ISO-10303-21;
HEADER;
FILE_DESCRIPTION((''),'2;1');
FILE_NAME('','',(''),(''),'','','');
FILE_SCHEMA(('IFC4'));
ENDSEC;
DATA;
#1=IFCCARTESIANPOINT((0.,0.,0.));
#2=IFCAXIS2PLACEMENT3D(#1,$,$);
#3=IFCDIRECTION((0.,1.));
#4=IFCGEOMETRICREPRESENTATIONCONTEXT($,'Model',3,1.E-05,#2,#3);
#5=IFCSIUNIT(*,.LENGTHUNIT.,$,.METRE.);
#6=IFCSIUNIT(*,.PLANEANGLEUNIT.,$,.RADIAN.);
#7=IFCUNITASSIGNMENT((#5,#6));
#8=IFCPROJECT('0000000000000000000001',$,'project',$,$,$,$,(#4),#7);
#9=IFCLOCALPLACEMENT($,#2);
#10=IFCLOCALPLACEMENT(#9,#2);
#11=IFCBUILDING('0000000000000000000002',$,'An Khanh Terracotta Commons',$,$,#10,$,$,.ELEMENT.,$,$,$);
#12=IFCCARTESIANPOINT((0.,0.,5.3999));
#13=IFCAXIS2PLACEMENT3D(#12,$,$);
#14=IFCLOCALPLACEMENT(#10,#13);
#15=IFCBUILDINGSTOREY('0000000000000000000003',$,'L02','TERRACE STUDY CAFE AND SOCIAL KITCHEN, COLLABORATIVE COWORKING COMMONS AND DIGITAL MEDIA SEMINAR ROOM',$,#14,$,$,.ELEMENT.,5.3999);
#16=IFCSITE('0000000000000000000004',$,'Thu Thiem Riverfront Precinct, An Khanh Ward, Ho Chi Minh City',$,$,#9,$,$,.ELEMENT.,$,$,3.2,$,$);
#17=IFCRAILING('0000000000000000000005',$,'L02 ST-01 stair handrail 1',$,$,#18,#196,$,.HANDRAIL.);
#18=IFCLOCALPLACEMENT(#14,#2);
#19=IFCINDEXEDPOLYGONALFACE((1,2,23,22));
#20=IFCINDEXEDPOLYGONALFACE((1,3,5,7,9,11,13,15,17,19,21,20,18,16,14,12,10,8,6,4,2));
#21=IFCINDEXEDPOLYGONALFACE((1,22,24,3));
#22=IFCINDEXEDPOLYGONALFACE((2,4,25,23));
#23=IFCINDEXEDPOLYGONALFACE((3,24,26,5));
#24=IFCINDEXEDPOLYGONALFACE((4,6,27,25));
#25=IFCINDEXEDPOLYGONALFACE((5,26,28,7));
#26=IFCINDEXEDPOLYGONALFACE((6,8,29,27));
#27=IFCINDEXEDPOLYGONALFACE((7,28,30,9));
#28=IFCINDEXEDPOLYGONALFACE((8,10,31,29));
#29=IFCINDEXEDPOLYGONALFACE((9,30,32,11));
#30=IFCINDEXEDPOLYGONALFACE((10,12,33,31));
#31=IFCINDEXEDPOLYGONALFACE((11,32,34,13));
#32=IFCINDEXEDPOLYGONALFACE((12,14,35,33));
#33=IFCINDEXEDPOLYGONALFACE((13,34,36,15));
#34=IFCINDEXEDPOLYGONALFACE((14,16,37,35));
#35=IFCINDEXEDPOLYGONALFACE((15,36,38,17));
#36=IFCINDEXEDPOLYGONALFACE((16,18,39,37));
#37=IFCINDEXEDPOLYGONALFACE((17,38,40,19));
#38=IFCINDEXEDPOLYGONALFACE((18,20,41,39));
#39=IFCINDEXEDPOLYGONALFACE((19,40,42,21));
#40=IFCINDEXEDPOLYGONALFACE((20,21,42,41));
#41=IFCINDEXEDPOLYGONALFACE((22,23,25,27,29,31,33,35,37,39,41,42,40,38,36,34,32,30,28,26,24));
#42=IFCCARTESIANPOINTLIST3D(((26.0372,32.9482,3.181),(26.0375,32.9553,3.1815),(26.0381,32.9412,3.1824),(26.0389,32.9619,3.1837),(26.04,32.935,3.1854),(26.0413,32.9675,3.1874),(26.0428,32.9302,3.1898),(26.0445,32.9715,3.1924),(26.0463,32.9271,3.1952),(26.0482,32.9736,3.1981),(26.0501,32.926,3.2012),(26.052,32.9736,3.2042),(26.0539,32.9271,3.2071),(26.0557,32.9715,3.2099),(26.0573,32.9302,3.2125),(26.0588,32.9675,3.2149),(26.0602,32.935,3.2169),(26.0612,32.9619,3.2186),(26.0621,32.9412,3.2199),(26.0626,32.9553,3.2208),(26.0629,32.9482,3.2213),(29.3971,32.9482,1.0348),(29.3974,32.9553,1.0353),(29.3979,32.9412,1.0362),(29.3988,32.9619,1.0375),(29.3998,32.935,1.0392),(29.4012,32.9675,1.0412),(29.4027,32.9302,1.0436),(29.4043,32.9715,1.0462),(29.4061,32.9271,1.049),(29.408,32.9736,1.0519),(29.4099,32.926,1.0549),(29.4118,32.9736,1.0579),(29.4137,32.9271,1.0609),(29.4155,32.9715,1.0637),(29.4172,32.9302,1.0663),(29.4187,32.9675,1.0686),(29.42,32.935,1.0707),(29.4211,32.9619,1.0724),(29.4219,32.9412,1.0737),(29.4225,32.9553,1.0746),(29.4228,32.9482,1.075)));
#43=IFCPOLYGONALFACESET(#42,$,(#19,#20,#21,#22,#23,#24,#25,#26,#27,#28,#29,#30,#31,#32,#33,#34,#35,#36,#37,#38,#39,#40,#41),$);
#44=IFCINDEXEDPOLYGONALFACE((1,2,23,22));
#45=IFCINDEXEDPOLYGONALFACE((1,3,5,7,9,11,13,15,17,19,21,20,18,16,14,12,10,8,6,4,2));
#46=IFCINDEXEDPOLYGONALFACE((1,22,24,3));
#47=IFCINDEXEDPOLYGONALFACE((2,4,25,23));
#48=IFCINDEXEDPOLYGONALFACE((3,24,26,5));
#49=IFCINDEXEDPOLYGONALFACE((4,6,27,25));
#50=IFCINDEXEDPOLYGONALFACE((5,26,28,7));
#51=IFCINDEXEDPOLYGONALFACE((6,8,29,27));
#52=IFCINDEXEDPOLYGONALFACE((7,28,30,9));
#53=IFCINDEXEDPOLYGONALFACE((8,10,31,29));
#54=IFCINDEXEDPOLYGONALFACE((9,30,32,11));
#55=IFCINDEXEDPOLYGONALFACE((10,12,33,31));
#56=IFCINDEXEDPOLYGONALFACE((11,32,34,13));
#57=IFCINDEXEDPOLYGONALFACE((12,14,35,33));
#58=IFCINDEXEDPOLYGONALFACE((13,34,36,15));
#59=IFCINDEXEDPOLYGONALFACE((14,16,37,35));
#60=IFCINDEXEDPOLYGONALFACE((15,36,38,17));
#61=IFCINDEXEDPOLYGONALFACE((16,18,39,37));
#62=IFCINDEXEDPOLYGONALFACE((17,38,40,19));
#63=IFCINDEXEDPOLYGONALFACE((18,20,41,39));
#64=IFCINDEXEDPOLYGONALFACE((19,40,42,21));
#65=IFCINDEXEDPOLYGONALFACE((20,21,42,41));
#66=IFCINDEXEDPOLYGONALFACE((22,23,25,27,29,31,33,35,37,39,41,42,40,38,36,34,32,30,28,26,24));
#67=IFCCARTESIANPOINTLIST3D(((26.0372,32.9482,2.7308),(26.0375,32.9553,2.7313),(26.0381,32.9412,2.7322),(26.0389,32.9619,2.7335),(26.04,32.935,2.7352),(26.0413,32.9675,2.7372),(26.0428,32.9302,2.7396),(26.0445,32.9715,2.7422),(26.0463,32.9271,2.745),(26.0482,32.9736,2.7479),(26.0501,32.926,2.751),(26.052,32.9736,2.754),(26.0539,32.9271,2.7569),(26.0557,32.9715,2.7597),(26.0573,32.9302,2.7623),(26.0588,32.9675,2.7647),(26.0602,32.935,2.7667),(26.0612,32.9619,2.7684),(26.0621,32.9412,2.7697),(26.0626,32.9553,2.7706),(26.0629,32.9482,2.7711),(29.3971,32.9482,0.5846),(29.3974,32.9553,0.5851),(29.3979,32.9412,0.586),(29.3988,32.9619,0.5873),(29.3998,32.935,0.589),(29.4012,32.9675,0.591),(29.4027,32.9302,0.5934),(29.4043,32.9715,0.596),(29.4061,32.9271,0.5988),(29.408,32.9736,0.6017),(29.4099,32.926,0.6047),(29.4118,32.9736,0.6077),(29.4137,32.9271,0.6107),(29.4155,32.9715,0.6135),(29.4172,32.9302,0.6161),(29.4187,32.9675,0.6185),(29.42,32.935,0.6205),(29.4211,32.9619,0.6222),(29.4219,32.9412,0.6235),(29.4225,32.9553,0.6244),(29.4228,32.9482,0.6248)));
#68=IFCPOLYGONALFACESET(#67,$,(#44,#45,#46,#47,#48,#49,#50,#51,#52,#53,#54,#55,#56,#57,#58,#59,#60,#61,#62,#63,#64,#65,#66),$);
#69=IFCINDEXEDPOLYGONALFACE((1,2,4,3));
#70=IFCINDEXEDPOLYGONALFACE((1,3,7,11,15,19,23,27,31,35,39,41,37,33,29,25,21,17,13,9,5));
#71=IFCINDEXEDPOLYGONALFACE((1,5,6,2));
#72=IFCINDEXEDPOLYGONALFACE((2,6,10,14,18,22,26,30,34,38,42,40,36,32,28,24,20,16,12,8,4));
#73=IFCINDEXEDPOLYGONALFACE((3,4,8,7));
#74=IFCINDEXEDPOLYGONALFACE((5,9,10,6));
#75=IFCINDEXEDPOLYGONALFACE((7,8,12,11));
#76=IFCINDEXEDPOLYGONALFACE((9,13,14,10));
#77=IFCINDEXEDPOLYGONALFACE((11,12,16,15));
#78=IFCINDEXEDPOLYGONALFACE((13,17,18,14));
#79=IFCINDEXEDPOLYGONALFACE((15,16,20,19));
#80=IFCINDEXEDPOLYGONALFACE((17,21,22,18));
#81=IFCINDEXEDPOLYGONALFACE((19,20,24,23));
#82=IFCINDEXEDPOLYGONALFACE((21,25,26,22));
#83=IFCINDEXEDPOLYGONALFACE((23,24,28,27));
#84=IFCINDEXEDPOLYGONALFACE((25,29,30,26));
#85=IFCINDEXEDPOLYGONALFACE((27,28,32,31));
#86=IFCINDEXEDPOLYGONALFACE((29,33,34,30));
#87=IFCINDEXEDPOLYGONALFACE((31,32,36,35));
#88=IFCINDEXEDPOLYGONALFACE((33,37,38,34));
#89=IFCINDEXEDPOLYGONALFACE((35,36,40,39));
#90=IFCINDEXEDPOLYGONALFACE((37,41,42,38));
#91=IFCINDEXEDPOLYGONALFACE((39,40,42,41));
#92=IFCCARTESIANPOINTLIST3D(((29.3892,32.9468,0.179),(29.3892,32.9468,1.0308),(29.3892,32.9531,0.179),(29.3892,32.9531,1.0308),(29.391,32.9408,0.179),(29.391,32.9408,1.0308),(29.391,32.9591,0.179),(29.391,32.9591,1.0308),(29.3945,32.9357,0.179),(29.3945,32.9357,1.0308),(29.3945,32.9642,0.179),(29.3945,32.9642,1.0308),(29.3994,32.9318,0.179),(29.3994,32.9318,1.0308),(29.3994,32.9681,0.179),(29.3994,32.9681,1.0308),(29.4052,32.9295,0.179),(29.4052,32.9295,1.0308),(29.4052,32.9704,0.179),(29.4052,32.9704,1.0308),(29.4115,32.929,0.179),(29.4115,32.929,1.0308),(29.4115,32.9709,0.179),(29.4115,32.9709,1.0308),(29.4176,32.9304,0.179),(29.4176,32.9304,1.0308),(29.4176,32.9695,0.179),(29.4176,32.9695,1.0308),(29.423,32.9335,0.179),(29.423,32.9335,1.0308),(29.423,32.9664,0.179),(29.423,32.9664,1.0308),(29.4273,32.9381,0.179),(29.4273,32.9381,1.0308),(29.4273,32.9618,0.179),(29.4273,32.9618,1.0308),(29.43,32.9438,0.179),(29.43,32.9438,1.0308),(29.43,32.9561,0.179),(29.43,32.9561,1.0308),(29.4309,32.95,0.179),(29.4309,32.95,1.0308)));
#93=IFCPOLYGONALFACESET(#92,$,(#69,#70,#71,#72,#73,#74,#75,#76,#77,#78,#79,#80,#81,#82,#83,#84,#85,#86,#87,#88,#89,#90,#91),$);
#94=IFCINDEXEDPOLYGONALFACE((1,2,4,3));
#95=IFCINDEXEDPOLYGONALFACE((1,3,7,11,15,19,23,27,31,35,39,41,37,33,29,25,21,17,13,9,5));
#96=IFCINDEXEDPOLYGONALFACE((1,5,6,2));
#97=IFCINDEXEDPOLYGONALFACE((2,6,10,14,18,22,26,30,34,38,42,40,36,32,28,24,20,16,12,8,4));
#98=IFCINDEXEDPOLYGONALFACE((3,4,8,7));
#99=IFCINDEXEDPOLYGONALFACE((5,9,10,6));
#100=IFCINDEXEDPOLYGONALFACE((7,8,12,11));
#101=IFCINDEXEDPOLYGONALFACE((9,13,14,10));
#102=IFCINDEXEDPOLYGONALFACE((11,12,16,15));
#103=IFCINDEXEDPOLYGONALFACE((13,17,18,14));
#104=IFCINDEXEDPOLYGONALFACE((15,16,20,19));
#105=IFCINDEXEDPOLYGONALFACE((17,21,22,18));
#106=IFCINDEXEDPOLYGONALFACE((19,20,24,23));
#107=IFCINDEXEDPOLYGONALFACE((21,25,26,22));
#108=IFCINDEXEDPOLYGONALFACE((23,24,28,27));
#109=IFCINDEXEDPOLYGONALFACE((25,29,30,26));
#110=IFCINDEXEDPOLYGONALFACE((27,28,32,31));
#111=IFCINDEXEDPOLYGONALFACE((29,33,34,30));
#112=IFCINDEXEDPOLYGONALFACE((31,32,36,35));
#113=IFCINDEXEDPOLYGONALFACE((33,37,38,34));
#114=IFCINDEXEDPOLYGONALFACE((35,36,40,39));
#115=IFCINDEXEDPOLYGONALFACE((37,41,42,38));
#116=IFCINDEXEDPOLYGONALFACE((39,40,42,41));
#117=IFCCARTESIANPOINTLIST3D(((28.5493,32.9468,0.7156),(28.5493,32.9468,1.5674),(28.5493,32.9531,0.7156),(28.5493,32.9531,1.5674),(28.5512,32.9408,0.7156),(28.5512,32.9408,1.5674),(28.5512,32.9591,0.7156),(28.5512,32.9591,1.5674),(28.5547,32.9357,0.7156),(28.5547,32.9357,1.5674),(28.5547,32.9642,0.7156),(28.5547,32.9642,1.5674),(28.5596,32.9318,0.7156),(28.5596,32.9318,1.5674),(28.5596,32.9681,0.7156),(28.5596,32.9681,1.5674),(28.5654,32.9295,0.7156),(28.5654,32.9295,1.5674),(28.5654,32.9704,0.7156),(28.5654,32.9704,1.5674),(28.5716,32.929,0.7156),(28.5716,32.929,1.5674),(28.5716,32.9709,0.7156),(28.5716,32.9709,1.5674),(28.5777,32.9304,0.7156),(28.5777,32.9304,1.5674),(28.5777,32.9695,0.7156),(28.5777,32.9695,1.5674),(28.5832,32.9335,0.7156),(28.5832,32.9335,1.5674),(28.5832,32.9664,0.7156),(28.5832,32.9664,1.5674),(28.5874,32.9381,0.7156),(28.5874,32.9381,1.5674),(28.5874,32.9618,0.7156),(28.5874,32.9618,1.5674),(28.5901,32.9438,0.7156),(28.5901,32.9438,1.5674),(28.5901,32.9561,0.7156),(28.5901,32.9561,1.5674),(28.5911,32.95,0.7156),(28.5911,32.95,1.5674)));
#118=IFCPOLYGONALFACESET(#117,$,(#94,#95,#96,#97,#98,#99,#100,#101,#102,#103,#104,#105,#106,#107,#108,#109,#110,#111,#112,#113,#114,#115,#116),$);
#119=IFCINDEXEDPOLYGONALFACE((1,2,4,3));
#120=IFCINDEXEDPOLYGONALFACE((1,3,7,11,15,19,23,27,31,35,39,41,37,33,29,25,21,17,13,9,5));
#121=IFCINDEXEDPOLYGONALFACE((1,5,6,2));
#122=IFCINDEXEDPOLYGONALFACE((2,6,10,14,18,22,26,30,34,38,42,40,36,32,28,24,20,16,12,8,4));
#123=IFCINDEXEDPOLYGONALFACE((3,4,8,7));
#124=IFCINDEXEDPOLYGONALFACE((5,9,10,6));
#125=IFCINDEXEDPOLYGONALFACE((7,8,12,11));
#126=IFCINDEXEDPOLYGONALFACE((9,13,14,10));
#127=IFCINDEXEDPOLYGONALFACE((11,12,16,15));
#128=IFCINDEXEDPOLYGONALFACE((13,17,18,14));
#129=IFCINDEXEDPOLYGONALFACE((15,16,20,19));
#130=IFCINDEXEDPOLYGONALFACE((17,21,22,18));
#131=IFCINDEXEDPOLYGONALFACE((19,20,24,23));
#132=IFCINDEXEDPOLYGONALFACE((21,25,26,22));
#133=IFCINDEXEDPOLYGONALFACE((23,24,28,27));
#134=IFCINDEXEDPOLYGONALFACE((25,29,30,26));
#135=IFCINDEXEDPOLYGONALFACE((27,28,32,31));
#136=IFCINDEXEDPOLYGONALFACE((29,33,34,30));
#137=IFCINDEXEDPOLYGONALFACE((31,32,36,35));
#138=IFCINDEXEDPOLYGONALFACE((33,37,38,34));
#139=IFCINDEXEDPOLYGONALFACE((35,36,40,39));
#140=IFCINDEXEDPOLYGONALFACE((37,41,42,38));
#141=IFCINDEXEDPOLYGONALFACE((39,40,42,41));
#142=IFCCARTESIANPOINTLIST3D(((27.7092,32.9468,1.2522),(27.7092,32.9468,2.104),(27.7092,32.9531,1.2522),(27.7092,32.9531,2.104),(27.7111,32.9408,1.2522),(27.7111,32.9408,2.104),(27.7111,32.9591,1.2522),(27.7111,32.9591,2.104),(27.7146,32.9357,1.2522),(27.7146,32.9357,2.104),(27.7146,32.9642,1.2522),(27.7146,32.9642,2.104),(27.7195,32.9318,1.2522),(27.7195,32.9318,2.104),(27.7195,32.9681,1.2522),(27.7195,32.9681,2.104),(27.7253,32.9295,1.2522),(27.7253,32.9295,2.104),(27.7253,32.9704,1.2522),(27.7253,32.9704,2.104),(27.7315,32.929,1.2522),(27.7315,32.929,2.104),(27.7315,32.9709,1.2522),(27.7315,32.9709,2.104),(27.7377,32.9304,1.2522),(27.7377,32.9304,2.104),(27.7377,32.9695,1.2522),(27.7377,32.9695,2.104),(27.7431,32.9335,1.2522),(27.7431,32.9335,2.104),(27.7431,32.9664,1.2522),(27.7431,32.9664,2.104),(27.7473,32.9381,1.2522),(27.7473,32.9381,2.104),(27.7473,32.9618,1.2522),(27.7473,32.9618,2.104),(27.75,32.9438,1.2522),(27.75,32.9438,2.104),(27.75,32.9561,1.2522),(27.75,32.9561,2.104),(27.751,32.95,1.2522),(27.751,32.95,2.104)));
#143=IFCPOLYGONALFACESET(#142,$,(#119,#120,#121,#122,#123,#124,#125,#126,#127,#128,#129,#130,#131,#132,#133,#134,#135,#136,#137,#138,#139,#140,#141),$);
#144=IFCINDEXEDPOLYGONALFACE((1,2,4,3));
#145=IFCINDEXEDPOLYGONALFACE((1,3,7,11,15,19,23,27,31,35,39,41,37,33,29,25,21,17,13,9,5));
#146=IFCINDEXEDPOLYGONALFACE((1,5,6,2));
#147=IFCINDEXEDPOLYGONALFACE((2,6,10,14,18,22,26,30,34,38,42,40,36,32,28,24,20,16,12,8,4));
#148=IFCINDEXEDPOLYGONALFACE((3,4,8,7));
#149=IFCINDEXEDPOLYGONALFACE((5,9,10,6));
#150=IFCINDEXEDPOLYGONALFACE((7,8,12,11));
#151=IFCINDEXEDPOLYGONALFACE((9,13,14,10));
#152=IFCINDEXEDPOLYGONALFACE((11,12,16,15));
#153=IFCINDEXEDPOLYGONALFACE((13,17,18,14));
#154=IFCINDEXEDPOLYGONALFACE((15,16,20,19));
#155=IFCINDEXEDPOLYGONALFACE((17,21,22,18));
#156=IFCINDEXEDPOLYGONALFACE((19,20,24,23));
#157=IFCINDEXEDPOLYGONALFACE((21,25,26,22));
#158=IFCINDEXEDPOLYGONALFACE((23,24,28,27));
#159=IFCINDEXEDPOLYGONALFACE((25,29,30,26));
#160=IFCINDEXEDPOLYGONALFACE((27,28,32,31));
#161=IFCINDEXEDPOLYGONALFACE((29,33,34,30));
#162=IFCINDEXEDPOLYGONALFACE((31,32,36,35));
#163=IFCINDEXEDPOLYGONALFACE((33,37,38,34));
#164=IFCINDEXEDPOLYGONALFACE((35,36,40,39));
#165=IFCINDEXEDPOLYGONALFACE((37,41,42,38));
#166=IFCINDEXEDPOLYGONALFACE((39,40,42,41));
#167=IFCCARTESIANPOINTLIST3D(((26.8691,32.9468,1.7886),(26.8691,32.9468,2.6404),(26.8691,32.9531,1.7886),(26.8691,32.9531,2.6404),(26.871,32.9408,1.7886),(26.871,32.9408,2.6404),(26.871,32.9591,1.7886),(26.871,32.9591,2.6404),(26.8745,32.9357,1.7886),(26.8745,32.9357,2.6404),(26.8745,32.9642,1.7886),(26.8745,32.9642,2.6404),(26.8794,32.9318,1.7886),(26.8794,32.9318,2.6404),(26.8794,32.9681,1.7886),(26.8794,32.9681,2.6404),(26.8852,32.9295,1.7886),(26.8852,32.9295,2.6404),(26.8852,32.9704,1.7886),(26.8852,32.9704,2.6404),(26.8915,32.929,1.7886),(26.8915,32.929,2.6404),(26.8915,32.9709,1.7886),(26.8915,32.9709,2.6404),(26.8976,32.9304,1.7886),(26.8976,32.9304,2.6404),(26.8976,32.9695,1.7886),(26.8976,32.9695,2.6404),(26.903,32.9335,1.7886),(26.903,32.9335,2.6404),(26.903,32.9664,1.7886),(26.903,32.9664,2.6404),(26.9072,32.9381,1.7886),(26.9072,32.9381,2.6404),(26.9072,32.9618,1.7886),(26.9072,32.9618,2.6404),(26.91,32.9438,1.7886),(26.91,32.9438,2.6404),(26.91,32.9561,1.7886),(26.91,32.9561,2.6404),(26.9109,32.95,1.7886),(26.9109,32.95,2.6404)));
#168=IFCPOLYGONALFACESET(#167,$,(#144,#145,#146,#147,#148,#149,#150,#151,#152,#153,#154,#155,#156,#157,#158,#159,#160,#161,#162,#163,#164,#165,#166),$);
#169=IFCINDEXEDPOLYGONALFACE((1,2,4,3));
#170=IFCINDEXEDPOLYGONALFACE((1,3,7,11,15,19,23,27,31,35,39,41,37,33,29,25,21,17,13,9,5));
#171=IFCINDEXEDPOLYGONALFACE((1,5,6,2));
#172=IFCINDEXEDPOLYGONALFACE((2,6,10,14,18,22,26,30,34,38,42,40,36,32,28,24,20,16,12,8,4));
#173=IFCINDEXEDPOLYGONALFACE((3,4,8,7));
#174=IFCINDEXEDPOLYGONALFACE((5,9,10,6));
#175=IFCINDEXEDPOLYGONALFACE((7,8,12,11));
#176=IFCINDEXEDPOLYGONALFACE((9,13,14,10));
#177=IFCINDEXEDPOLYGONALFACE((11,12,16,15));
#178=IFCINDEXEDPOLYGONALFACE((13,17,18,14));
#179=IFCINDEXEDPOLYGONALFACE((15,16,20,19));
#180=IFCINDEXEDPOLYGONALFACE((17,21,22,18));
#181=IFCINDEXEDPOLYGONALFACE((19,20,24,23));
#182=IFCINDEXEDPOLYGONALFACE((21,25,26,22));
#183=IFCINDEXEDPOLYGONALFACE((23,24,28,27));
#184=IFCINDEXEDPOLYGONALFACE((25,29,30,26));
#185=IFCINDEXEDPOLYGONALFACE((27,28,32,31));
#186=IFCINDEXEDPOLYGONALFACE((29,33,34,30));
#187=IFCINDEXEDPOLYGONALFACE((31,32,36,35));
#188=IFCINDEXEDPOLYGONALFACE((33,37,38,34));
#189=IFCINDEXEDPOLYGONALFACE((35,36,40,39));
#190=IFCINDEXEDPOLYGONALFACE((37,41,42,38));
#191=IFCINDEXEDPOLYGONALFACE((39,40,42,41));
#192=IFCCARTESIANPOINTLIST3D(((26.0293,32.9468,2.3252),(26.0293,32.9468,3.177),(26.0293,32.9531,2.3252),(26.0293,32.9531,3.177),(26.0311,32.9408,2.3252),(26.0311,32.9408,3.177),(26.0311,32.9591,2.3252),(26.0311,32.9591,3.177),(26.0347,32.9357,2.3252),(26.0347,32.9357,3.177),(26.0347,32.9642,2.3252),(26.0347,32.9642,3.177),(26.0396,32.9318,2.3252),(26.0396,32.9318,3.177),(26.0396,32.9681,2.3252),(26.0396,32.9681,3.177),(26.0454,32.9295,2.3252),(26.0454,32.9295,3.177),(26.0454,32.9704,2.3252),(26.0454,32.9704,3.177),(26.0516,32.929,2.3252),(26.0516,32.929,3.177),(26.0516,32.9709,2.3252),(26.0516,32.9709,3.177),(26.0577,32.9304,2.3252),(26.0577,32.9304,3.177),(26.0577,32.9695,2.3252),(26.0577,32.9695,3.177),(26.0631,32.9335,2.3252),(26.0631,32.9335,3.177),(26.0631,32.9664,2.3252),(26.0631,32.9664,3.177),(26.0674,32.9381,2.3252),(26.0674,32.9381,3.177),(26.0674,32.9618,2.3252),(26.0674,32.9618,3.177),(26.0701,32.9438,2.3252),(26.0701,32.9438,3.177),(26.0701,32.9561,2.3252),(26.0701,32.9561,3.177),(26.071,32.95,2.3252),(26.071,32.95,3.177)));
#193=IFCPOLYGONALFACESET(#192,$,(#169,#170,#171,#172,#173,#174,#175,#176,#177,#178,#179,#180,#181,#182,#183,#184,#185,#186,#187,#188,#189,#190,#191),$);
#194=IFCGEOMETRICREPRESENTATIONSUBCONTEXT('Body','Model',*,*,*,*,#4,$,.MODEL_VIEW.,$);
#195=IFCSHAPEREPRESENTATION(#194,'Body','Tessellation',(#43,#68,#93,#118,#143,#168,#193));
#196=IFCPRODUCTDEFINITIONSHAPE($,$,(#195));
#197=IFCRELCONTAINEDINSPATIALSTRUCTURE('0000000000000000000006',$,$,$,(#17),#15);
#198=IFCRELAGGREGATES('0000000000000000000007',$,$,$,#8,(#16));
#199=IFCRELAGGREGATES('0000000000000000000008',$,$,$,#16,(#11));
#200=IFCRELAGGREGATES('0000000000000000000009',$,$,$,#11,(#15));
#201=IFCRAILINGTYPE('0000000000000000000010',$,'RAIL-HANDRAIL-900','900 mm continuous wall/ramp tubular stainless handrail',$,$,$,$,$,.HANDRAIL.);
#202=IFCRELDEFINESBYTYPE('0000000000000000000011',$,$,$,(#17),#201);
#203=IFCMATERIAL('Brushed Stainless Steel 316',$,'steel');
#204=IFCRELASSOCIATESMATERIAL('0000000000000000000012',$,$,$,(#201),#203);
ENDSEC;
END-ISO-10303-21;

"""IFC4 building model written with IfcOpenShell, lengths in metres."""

from ifc_helpers import new_model, si_unit, direction, frame, origin, origin_2d, place, context, subcontext, project, spatial, circle, extrude, material, type_object, element, save


model = new_model("IFC4")

# Units and contexts
model_context = context("Model", 3, precision=1e-05, world=origin(), true_north=direction((0.0, 1.0)))
body_context = subcontext(model_context, "Body", "Model", "MODEL_VIEW")
ifc_project = project(units=[si_unit("LENGTHUNIT", "METRE"), si_unit("PLANEANGLEUNIT", "RADIAN")], contexts=[model_context])

# Site, building, storey
site_placement = place(None, origin())
site = spatial("IfcSite", under=ifc_project, at=site_placement, Name="Thu Thiem Riverfront Precinct, An Khanh Ward, Ho Chi Minh City", CompositionType="ELEMENT", RefElevation=3.2)
building_placement = place(site_placement, origin())
building = spatial("IfcBuilding", under=site, at=building_placement, Name="An Khanh Terracotta Commons", CompositionType="ELEMENT")
storey_placement = place(building_placement, frame((0.0, 0.0, 5.3999)))
storey = spatial("IfcBuildingStorey", under=building, at=storey_placement, Name="L02", Description="TERRACE STUDY CAFE AND SOCIAL KITCHEN, COLLABORATIVE COWORKING COMMONS AND DIGITAL MEDIA SEMINAR ROOM", CompositionType="ELEMENT", Elevation=5.3999)

# Railing
ifc_material_1 = material(Name="Brushed Stainless Steel 316", Category="steel")
railing_type_1 = type_object("IfcRailingType", Name="RAIL-HANDRAIL-900", Description="900 mm continuous wall/ramp tubular stainless handrail", PredefinedType="HANDRAIL", material=ifc_material_1)
railing_1_placement = place(storey_placement, frame((29.4099, 32.95, 0.179)))
element("IfcRailing", 1, at=railing_1_placement, inside=storey, type_object=railing_type_1, Name="L02 ST-01 stair handrail 1", PredefinedType="HANDRAIL", context=body_context, shape_type="SweptSolid", body=[
    extrude(circle(Radius=0.0239, at=origin_2d()), frame((0.0, 0.0, 0.876), z_axis=(-0.842735, 0.0, 0.538329), x_axis=(0.0, -1.0, 0.0)), (0.0, 0.0, 1.0), 3.9868),
    extrude(circle(Radius=0.0239, at=origin_2d()), frame((0.0, 0.0, 0.4258), z_axis=(-0.842735, 0.0, 0.538329), x_axis=(0.0, -1.0, 0.0)), (0.0, 0.0, 1.0), 3.9868),
    extrude(circle(Radius=0.021, at=origin_2d()), origin(), (0.0, 0.0, 1.0), 0.8518),
    extrude(circle(Radius=0.021, at=origin_2d()), frame((-0.8398, 0.0, 0.5366)), (0.0, 0.0, 1.0), 0.8518),
    extrude(circle(Radius=0.021, at=origin_2d()), frame((-1.6799, 0.0, 1.0732)), (0.0, 0.0, 1.0), 0.8518),
    extrude(circle(Radius=0.021, at=origin_2d()), frame((-2.52, 0.0, 1.6096)), (0.0, 0.0, 1.0), 0.8518),
    extrude(circle(Radius=0.021, at=origin_2d()), frame((-3.3599, 0.0, 2.1462)), (0.0, 0.0, 1.0), 0.8518),
])

save(model, "model.ifc")
